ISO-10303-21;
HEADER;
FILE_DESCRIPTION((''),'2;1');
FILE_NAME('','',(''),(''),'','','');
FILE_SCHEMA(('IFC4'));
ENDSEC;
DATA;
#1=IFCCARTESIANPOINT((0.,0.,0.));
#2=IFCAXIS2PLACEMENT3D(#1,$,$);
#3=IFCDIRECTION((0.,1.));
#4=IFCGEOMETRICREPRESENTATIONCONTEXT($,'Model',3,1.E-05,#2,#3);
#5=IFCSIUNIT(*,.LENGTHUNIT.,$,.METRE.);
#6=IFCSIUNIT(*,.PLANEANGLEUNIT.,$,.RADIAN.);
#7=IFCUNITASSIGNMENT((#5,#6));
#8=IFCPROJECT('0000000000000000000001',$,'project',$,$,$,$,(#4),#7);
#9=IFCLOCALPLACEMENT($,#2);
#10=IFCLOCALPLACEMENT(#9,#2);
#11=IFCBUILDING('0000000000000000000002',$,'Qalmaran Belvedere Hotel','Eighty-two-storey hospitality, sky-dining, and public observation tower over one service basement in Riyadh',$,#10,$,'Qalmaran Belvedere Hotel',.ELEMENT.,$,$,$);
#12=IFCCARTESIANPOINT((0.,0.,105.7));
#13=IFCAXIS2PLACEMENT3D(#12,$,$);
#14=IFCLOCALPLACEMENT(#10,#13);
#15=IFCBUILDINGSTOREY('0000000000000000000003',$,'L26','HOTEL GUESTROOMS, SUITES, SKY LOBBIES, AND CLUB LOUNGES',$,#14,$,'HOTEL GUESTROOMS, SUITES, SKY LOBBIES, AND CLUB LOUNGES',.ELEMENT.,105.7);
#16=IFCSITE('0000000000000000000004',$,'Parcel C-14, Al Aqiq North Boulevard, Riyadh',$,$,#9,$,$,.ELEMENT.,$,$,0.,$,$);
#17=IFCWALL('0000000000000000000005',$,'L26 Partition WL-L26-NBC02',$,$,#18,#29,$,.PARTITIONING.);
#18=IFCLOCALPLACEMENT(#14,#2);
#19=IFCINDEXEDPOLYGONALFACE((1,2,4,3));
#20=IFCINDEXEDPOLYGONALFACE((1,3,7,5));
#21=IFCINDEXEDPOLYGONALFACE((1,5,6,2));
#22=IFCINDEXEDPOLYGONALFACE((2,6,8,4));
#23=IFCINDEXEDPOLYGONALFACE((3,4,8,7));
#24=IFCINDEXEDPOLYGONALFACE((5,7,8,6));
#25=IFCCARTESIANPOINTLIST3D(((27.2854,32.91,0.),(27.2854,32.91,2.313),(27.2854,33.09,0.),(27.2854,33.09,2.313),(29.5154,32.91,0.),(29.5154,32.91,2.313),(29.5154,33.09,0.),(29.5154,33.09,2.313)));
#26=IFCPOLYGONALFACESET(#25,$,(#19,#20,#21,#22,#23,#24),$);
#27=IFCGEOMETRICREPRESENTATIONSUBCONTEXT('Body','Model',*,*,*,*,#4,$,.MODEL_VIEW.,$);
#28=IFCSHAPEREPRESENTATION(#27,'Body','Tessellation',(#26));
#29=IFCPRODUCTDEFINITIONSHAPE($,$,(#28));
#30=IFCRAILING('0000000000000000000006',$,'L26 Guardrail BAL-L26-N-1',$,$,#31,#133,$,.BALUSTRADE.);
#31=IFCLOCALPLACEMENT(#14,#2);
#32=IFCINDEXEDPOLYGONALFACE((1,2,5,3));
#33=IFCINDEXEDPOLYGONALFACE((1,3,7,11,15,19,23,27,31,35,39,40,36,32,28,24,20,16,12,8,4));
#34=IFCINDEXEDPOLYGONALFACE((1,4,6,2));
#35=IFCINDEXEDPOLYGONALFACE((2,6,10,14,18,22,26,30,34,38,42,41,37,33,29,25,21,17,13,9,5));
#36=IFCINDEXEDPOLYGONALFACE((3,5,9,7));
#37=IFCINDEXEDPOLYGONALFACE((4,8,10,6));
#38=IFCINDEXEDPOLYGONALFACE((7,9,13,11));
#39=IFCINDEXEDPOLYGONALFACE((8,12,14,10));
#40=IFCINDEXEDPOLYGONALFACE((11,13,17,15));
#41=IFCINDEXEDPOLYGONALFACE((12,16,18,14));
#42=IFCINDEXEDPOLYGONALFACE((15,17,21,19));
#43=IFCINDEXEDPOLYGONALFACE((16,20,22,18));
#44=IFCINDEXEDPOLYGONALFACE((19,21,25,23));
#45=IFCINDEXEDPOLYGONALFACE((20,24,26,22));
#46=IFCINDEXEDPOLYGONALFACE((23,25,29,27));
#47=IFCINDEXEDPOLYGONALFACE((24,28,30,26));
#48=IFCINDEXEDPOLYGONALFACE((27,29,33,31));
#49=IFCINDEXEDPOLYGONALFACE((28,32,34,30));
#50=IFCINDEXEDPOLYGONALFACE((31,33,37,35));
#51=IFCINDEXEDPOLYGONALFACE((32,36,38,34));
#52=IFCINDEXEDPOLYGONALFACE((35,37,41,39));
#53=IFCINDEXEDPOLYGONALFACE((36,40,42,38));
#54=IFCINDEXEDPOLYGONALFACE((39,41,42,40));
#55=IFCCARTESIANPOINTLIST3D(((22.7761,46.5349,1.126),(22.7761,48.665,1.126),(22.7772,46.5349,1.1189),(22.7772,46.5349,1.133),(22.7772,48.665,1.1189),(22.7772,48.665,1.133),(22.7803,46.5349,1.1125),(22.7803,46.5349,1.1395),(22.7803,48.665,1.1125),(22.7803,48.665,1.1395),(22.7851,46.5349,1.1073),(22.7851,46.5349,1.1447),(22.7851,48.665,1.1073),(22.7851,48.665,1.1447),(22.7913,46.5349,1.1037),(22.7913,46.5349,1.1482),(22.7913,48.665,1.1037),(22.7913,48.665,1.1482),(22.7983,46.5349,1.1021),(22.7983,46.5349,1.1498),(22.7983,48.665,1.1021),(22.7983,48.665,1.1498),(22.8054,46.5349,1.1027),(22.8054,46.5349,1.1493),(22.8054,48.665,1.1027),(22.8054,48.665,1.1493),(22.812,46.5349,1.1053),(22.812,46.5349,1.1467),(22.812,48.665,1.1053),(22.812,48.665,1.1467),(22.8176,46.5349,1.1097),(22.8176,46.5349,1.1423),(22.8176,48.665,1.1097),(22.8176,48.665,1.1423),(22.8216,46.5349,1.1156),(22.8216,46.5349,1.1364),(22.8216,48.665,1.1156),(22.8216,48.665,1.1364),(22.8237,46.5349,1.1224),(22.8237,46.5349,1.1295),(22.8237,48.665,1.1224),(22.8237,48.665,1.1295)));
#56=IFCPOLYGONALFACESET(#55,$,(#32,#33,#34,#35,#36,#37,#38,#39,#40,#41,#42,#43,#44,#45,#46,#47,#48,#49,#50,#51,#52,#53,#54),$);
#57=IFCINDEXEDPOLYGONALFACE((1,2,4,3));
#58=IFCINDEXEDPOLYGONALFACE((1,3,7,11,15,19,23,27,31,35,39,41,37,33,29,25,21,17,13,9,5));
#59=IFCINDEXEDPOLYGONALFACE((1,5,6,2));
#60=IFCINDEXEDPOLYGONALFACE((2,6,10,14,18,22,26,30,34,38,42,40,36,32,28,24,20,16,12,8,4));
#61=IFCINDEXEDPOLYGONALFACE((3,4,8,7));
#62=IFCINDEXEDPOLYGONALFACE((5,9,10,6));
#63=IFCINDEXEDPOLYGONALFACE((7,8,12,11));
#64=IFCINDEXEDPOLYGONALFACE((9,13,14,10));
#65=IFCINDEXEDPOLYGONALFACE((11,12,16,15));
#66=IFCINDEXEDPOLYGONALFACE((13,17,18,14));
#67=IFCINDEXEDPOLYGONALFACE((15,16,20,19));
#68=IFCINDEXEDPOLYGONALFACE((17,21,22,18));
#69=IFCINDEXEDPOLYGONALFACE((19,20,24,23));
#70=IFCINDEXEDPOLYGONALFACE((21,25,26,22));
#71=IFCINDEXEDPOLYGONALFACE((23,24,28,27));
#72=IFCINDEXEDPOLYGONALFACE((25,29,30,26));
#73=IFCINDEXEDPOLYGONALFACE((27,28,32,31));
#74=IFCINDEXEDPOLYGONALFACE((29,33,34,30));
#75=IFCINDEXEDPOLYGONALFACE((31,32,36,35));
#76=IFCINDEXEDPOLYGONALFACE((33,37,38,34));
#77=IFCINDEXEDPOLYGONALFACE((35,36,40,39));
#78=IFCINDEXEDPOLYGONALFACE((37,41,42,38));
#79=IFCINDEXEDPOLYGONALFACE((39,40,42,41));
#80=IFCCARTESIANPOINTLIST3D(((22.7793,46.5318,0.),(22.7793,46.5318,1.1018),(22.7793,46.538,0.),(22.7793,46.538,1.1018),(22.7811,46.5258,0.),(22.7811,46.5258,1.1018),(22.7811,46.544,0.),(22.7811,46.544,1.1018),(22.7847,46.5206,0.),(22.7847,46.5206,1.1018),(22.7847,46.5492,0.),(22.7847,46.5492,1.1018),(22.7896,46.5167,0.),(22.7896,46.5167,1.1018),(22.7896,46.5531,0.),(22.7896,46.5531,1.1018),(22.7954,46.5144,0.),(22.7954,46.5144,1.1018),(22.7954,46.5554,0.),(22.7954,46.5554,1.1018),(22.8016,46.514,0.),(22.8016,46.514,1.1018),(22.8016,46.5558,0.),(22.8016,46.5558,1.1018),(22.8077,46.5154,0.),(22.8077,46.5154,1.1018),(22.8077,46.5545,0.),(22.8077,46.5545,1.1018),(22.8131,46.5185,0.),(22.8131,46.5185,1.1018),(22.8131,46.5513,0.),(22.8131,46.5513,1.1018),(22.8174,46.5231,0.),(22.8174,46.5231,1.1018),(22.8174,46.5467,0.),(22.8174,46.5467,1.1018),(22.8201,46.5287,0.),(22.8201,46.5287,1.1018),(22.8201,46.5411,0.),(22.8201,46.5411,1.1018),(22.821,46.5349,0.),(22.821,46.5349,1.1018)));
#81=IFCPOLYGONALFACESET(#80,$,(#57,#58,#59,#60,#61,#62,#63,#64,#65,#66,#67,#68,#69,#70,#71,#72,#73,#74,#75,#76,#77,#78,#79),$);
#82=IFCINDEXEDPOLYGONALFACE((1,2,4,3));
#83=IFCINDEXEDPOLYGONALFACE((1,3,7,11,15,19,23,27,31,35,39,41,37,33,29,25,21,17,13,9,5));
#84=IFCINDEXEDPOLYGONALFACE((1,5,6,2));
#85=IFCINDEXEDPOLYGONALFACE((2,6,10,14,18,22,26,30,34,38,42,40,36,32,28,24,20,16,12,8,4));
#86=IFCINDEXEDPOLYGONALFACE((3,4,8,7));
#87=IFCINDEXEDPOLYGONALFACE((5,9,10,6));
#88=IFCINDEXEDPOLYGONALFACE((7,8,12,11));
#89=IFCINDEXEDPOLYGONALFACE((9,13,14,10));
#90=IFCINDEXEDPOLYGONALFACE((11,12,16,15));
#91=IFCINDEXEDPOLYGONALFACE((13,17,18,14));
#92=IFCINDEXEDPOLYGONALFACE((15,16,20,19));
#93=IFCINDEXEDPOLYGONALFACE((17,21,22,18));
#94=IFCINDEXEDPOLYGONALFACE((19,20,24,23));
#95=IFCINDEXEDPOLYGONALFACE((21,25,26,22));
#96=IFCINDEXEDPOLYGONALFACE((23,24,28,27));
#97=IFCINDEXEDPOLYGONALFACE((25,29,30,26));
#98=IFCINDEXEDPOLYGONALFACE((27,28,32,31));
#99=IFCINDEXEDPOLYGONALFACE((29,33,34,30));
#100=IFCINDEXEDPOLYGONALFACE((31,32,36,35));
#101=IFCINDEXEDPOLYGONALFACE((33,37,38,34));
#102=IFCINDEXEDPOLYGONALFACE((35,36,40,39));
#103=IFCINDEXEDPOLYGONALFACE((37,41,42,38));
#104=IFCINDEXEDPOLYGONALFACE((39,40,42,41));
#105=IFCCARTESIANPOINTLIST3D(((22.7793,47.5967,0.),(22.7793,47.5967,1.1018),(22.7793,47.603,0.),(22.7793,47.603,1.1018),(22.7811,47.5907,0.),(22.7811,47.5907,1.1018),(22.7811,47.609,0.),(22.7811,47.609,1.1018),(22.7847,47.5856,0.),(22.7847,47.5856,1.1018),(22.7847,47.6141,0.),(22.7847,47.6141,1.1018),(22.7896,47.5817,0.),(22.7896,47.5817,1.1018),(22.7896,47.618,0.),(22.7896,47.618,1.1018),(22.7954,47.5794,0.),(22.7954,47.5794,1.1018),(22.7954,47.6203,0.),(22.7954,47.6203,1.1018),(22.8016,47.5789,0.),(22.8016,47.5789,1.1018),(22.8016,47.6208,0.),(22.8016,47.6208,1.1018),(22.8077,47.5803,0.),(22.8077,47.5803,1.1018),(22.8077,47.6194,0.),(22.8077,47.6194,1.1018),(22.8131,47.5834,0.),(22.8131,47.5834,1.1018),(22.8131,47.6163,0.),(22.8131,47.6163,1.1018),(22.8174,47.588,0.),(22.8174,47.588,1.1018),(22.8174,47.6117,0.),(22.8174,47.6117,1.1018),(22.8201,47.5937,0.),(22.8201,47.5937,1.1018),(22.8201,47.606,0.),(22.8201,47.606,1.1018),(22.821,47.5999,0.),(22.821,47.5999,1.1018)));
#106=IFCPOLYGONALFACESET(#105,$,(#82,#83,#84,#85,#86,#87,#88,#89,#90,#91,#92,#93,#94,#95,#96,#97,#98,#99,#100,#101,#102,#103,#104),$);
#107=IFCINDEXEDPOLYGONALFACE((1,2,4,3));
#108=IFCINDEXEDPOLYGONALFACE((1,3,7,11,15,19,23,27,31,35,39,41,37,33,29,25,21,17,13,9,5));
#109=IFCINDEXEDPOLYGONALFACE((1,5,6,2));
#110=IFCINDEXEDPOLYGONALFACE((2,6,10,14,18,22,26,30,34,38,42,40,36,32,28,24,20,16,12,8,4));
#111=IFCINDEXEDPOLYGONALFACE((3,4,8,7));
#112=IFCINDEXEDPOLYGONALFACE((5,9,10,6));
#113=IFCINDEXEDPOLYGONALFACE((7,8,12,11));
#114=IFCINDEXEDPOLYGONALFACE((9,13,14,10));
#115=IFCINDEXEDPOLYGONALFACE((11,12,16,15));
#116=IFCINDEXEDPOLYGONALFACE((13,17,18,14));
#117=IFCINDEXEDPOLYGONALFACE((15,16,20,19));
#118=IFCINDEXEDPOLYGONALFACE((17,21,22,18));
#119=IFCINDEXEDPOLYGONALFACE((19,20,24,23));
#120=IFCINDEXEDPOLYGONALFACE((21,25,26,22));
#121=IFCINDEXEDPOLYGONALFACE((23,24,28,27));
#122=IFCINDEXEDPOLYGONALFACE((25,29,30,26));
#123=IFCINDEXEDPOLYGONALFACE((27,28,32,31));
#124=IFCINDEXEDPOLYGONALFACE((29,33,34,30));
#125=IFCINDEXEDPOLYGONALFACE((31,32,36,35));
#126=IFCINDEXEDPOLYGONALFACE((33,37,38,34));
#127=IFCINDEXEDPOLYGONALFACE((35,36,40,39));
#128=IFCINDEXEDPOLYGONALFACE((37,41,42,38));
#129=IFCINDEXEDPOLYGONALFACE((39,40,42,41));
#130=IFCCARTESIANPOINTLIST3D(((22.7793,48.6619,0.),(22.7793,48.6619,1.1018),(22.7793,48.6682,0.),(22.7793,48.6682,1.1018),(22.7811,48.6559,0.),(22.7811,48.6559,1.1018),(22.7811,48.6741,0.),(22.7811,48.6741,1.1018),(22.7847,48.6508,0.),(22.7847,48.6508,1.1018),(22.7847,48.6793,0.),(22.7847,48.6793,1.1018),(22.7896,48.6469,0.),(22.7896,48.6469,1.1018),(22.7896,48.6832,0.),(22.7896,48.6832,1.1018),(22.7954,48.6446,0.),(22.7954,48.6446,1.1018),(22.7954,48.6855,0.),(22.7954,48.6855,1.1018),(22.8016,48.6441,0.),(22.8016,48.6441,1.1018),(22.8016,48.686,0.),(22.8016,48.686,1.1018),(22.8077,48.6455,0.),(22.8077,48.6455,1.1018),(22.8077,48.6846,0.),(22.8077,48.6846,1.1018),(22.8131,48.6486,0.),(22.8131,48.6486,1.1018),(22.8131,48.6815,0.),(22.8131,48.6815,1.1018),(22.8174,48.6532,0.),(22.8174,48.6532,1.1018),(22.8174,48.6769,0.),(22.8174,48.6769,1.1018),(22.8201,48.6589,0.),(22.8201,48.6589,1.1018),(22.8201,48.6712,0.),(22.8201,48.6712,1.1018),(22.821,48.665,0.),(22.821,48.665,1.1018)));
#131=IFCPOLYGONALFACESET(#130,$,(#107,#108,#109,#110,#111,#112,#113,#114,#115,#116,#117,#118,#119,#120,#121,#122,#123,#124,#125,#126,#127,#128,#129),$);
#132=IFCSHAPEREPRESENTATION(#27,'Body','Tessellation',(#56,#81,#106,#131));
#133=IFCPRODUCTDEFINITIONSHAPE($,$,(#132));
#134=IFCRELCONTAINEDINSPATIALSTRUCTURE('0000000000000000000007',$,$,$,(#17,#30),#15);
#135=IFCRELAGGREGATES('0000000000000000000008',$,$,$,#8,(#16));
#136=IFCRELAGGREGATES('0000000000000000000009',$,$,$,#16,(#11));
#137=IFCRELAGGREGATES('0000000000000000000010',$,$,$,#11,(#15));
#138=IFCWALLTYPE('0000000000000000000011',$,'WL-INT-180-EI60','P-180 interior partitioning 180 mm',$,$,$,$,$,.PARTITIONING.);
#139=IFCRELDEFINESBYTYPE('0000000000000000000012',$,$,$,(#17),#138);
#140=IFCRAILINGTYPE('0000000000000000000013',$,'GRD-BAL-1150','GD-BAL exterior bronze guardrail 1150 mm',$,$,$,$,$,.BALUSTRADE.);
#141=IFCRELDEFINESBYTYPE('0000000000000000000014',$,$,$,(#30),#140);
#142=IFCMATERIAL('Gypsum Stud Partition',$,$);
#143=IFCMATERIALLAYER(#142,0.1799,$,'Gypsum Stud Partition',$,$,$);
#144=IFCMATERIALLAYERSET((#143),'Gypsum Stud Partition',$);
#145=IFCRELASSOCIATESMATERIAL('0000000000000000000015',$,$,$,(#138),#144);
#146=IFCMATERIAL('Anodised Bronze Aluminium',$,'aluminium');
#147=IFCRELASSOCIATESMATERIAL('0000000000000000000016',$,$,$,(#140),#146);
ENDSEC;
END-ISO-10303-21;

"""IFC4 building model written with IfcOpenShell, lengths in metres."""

from ifc_helpers import new_model, si_unit, direction, frame, frame_2d, origin, origin_2d, place, context, subcontext, project, spatial, rectangle, circle, extrude, material, layer, layer_set, type_object, element, save


model = new_model("IFC4")

# Units and contexts
model_context = context("Model", 3, precision=1e-05, world=origin(), true_north=direction((0.0, 1.0)))
body_context = subcontext(model_context, "Body", "Model", "MODEL_VIEW")
ifc_project = project(units=[si_unit("LENGTHUNIT", "METRE"), si_unit("PLANEANGLEUNIT", "RADIAN")], contexts=[model_context])

# Site, building, storey
site_placement = place(None, origin())
site = spatial("IfcSite", under=ifc_project, at=site_placement, Name="Parcel C-14, Al Aqiq North Boulevard, Riyadh", CompositionType="ELEMENT", RefElevation=0.0)
building_placement = place(site_placement, origin())
building = spatial("IfcBuilding", under=site, at=building_placement, Name="Qalmaran Belvedere Hotel", Description="Eighty-two-storey hospitality, sky-dining, and public observation tower over one service basement in Riyadh", LongName="Qalmaran Belvedere Hotel", CompositionType="ELEMENT")
storey_placement = place(building_placement, frame((0.0, 0.0, 105.7)))
storey = spatial("IfcBuildingStorey", under=building, at=storey_placement, Name="L26", Description="HOTEL GUESTROOMS, SUITES, SKY LOBBIES, AND CLUB LOUNGES", LongName="HOTEL GUESTROOMS, SUITES, SKY LOBBIES, AND CLUB LOUNGES", CompositionType="ELEMENT", Elevation=105.7)

# Shared definitions
ifc_material_1 = material(Name="Anodised Bronze Aluminium", Category="aluminium")

# Wall
ifc_material_2 = material(Name="Gypsum Stud Partition")
ifc_layer_1 = layer(ifc_material_2, 0.1799, Name="Gypsum Stud Partition")
ifc_layer_set_1 = layer_set([ifc_layer_1], Name="Gypsum Stud Partition")
wall_type_1 = type_object("IfcWallType", Name="WL-INT-180-EI60", Description="P-180 interior partitioning 180 mm", PredefinedType="PARTITIONING", material=ifc_layer_set_1)
wall_1_placement = place(storey_placement, frame((27.2854, 33.0, 0.0), z_axis=(0.0, 0.0, 1.0), x_axis=(1.0, 0.0, 0.0)))
element("IfcWall", 1, at=wall_1_placement, inside=storey, type_object=wall_type_1, Name="L26 Partition WL-L26-NBC02", PredefinedType="PARTITIONING", context=body_context, shape_type="SweptSolid", body=[
    extrude(rectangle(XDim=2.23, YDim=0.1799, at=frame_2d((1.115, 0.0))), origin(), (0.0, 0.0, 1.0), 2.313),
])

# Railing
railing_type = type_object("IfcRailingType", Name="GRD-BAL-1150", Description="GD-BAL exterior bronze guardrail 1150 mm", PredefinedType="BALUSTRADE", material=ifc_material_1)
railing_1_placement = place(storey_placement, frame((22.8, 46.5349, 0.0)))
element("IfcRailing", 2, at=railing_1_placement, inside=storey, type_object=railing_type, Name="L26 Guardrail BAL-L26-N-1", PredefinedType="BALUSTRADE", context=body_context, shape_type="SweptSolid", body=[
    extrude(circle(Radius=0.0239, at=origin_2d()), frame((0.0, 0.0, 1.126), z_axis=(0.0, 1.0, 0.0), x_axis=(-1.0, 0.0, 0.0)), (0.0, 0.0, 1.0), 2.1301),
    extrude(circle(Radius=0.021, at=origin_2d()), origin(), (0.0, 0.0, 1.0), 1.1018),
    extrude(circle(Radius=0.021, at=origin_2d()), frame((0.0, 1.0649, 0.0)), (0.0, 0.0, 1.0), 1.1018),
    extrude(circle(Radius=0.021, at=origin_2d()), frame((0.0, 2.1301, 0.0)), (0.0, 0.0, 1.0), 1.1018),
])

save(model, "model.ifc")
